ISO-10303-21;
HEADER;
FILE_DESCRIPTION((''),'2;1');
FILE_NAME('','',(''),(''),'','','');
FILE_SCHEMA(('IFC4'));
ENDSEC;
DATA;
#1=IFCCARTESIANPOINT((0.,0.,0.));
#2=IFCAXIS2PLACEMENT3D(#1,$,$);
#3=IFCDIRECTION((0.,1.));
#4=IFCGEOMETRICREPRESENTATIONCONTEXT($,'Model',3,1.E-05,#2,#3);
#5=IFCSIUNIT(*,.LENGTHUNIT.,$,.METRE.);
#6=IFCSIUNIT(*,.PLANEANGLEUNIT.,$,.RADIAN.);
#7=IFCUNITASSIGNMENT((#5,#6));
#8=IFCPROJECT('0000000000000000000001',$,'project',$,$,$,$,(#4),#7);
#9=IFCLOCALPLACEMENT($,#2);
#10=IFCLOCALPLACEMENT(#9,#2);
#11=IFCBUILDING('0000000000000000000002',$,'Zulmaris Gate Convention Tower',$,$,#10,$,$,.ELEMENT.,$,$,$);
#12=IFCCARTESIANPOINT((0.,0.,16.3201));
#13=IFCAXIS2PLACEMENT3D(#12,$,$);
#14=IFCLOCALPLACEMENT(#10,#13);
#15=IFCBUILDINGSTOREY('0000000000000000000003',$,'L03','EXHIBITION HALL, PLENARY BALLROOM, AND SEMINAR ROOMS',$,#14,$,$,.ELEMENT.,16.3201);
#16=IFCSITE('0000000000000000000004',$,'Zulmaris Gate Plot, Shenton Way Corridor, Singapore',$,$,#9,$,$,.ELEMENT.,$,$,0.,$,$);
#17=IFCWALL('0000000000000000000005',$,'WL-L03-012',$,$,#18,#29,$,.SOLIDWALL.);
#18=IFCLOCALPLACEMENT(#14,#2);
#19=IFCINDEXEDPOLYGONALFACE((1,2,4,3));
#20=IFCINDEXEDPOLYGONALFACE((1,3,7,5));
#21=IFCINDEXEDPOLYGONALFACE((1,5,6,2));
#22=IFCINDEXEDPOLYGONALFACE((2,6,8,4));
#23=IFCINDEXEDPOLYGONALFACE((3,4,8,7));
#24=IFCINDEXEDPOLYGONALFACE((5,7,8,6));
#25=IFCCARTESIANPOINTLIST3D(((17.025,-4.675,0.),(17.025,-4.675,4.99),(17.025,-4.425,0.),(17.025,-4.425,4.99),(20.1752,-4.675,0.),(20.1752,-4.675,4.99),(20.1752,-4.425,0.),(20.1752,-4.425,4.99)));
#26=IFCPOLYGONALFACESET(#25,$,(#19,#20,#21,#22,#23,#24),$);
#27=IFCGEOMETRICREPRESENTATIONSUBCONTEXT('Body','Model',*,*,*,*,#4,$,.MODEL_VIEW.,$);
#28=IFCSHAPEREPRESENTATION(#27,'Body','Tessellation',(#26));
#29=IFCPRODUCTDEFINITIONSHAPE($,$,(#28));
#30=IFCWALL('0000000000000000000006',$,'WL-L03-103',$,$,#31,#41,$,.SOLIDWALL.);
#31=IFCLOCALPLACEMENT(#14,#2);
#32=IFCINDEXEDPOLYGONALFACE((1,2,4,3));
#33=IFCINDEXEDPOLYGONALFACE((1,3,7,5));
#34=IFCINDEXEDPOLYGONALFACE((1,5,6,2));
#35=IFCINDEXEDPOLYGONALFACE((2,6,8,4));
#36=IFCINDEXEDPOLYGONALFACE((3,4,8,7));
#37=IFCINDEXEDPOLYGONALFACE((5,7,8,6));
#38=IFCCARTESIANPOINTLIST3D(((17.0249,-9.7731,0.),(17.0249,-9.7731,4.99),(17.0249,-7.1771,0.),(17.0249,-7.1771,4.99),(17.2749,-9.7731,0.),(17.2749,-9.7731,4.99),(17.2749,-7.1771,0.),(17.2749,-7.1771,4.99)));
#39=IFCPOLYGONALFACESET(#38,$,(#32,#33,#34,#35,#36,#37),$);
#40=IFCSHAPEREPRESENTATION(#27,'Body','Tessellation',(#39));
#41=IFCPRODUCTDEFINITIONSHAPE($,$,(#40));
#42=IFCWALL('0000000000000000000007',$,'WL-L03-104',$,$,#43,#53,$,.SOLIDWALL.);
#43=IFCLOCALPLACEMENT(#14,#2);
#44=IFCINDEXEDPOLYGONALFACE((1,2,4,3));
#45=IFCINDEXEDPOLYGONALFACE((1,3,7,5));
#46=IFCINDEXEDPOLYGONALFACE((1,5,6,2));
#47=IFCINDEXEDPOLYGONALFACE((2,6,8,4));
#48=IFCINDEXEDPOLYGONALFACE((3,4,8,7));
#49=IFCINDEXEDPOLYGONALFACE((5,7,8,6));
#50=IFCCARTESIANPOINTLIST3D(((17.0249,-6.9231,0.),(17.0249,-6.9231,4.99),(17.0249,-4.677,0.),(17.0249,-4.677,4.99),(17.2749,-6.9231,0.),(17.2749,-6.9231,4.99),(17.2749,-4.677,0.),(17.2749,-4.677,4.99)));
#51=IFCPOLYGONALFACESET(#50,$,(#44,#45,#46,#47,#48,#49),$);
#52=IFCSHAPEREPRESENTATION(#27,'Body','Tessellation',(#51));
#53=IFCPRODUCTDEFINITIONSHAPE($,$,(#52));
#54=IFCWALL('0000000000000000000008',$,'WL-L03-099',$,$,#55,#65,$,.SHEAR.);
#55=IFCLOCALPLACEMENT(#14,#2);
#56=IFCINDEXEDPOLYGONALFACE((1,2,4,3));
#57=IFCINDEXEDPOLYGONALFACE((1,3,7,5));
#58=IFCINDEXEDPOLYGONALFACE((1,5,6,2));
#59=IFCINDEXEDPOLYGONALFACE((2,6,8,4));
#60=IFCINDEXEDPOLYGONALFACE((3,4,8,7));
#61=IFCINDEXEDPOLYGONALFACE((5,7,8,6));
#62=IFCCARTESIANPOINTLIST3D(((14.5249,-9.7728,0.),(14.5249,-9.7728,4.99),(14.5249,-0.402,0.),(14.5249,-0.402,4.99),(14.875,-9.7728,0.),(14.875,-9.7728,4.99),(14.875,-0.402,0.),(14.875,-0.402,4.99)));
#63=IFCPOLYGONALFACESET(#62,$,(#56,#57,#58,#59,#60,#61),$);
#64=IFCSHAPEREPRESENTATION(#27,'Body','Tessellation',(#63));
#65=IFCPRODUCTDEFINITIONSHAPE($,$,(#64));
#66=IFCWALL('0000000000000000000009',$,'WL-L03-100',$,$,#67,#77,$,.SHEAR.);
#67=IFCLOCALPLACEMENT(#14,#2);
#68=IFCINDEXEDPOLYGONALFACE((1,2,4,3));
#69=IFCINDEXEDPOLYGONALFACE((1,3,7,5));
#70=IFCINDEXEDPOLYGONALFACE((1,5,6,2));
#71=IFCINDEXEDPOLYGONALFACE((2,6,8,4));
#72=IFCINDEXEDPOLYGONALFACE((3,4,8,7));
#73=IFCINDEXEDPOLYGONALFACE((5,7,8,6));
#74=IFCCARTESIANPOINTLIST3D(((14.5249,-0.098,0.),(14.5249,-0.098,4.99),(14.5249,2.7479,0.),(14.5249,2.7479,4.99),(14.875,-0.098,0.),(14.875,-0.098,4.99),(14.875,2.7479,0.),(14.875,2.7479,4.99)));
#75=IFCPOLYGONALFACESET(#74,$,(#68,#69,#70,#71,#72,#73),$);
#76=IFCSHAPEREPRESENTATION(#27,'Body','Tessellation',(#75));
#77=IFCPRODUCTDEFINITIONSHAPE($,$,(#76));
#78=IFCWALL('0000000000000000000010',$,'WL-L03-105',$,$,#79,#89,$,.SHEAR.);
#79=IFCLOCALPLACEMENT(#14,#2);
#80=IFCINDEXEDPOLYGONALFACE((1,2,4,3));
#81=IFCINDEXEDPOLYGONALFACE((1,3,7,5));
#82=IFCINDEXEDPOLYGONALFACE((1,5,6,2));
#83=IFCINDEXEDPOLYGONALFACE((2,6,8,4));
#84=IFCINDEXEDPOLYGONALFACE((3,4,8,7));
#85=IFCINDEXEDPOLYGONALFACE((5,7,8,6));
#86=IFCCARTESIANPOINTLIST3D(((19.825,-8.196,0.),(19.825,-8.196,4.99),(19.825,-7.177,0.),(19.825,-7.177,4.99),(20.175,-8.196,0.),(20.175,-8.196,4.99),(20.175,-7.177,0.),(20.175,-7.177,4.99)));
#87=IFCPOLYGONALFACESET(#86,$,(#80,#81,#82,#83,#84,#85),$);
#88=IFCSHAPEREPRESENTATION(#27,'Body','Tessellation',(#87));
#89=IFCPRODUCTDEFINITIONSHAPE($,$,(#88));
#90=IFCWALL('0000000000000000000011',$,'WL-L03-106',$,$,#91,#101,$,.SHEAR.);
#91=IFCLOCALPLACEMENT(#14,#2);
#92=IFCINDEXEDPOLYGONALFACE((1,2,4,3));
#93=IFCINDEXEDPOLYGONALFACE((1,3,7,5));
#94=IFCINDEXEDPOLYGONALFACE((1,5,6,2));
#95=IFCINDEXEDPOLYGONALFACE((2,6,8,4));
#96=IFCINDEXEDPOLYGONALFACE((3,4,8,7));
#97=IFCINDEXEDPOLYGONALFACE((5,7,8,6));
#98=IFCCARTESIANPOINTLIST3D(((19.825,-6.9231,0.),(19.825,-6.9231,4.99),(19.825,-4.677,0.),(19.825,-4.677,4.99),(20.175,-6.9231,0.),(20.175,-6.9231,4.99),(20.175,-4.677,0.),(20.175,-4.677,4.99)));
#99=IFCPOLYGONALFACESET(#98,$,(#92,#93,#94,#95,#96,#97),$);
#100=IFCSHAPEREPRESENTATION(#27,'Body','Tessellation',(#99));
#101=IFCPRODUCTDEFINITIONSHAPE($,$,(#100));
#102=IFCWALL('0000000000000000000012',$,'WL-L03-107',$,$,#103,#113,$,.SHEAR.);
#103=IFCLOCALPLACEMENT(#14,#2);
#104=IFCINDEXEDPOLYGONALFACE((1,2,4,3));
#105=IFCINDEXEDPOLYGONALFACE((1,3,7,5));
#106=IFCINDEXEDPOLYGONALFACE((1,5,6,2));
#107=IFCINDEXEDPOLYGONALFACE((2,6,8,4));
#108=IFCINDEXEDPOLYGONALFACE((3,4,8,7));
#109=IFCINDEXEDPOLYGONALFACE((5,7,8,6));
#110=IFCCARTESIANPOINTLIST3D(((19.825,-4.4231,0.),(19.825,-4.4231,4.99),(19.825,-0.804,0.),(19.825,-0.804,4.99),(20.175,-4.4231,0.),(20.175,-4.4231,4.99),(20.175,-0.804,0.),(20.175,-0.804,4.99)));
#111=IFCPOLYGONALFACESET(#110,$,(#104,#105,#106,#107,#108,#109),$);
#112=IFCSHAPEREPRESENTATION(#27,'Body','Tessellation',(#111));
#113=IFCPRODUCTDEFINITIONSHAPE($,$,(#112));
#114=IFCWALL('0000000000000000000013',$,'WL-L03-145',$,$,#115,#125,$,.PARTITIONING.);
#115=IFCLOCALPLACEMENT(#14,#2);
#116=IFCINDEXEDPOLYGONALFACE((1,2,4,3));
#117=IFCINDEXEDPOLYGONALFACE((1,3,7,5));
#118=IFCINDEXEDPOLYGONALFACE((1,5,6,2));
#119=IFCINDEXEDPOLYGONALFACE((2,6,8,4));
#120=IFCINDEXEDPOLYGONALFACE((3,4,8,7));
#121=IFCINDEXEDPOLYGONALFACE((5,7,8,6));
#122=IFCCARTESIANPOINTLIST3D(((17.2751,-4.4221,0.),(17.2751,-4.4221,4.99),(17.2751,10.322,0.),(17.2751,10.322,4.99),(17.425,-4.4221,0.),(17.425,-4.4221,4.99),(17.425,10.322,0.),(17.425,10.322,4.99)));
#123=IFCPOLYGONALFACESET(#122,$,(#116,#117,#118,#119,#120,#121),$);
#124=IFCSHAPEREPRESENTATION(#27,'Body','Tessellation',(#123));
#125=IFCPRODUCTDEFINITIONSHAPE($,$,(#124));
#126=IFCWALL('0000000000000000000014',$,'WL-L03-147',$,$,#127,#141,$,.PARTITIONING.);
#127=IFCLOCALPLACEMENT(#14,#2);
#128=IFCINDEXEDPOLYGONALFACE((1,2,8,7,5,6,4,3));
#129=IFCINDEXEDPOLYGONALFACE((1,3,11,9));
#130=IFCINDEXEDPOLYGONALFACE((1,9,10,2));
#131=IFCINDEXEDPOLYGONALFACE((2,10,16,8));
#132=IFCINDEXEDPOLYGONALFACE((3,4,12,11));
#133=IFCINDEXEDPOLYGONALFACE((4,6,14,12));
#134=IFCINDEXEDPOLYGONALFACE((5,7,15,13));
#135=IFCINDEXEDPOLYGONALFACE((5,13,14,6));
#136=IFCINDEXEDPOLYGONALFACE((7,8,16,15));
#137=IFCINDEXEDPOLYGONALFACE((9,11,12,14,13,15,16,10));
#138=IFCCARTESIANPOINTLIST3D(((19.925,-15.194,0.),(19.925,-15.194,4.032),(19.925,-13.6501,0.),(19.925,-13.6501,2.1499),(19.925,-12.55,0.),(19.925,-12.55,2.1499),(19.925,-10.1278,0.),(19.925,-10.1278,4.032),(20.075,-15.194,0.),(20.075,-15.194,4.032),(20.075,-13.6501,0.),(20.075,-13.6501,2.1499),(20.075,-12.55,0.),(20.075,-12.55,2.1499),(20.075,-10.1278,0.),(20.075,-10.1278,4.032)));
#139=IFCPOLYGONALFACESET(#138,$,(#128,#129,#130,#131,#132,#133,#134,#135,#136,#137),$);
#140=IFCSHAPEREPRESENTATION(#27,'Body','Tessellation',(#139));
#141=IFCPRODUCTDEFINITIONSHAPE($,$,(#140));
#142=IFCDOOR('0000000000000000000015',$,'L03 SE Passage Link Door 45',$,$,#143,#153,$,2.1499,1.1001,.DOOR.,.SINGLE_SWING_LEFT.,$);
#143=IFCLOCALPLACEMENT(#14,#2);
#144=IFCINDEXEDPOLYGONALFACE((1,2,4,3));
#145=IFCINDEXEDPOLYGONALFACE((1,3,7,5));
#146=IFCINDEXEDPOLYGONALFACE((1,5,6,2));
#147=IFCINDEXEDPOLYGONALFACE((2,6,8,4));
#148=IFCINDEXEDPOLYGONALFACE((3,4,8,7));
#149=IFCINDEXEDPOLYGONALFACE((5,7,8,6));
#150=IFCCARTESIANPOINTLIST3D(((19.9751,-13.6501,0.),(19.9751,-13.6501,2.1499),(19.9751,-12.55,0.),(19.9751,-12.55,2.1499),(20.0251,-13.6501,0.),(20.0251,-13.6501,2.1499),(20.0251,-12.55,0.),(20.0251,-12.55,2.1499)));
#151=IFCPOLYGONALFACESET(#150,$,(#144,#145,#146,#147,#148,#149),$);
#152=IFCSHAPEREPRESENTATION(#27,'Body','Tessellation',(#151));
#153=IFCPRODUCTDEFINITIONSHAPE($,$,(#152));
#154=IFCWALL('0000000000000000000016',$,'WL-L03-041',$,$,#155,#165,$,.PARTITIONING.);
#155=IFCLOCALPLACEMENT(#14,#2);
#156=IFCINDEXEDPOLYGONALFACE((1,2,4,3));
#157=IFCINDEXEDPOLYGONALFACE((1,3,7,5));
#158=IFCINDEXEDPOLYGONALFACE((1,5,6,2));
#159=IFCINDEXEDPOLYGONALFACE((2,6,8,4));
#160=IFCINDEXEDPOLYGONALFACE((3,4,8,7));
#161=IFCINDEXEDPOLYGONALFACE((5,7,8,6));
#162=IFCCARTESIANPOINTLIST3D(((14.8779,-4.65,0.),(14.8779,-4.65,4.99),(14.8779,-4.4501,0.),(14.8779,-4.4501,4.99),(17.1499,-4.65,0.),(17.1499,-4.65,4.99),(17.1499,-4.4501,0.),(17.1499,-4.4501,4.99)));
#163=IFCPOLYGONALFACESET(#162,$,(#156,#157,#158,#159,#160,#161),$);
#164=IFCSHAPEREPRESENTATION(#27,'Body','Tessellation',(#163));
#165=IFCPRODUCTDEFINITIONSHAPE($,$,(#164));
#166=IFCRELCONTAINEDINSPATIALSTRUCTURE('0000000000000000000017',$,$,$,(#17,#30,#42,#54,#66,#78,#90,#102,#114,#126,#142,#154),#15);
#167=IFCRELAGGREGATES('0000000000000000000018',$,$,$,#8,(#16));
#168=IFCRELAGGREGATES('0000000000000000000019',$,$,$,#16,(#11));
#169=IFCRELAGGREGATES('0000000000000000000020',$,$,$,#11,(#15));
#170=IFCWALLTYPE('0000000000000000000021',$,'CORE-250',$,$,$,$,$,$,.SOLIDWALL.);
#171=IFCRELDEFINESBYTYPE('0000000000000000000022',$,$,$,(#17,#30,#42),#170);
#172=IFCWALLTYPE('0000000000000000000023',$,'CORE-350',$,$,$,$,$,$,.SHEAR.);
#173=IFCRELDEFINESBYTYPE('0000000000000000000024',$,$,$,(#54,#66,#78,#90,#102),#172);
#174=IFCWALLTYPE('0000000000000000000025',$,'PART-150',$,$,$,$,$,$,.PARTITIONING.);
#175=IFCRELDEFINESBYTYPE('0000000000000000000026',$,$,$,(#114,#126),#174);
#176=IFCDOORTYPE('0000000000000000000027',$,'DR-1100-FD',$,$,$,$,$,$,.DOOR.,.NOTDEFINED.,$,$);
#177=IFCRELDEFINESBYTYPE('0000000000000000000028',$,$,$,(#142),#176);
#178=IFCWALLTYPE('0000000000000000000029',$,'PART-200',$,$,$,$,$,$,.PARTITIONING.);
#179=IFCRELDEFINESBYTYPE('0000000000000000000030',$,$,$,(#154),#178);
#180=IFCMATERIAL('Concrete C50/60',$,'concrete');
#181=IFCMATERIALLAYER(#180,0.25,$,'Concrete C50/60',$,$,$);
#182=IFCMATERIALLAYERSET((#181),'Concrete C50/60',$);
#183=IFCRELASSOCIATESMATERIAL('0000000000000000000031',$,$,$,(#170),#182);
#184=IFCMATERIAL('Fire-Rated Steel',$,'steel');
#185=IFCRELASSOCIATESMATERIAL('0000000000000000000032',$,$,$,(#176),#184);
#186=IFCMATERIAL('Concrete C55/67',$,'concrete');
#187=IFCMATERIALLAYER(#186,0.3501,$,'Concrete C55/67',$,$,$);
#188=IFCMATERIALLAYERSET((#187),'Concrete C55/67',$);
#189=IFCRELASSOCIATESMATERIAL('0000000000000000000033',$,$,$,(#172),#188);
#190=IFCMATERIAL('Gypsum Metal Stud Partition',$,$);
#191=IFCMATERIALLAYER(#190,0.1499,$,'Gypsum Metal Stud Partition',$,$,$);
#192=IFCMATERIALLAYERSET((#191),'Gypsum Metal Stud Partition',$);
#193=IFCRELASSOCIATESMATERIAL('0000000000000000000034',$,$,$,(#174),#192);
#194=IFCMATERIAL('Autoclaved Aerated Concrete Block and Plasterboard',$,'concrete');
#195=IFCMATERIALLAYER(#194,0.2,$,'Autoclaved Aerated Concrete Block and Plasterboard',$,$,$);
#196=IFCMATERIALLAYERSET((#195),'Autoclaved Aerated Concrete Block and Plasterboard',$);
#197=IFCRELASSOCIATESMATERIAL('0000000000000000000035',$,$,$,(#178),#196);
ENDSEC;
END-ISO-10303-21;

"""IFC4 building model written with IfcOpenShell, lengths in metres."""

from ifc_helpers import new_model, si_unit, direction, frame, frame_2d, origin, place, context, subcontext, project, spatial, rectangle, extrude, material, layer, layer_set, type_object, element, fill, save


model = new_model("IFC4")

# Units and contexts
model_context = context("Model", 3, precision=1e-05, world=origin(), true_north=direction((0.0, 1.0)))
body_context = subcontext(model_context, "Body", "Model", "MODEL_VIEW")
ifc_project = project(units=[si_unit("LENGTHUNIT", "METRE"), si_unit("PLANEANGLEUNIT", "RADIAN")], contexts=[model_context])

# Site, building, storey
site_placement = place(None, origin())
site = spatial("IfcSite", under=ifc_project, at=site_placement, Name="Zulmaris Gate Plot, Shenton Way Corridor, Singapore", CompositionType="ELEMENT", RefElevation=0.0)
building_placement = place(site_placement, origin())
building = spatial("IfcBuilding", under=site, at=building_placement, Name="Zulmaris Gate Convention Tower", CompositionType="ELEMENT")
storey_placement = place(building_placement, frame((0.0, 0.0, 16.3201)))
storey = spatial("IfcBuildingStorey", under=building, at=storey_placement, Name="L03", Description="EXHIBITION HALL, PLENARY BALLROOM, AND SEMINAR ROOMS", CompositionType="ELEMENT", Elevation=16.3201)

# Walls
ifc_material_1 = material(Name="Concrete C50/60", Category="concrete")
ifc_layer_1 = layer(ifc_material_1, 0.25, Name="Concrete C50/60")
ifc_layer_set_1 = layer_set([ifc_layer_1], Name="Concrete C50/60")
wall_type_1 = type_object("IfcWallType", Name="CORE-250", PredefinedType="SOLIDWALL", material=ifc_layer_set_1)
for number, where, z_axis, x_axis, name in (
    (1, (17.0249, -4.55, 0.0), (0.0, 0.0, 1.0), (1.0, 0.0, 0.0), "WL-L03-012"),
):
    element("IfcWall", number, at=place(storey_placement, frame(where, z_axis=z_axis, x_axis=x_axis)), inside=storey, type_object=wall_type_1, Name=name, PredefinedType="SOLIDWALL", context=body_context, shape_type="SweptSolid", body=[
        extrude(rectangle(XDim=3.1501, YDim=0.25, at=frame_2d((1.5752, 0.0))), origin(), (0.0, 0.0, 1.0), 4.99),
    ])
wall_1_placement = place(storey_placement, frame((17.1499, -9.7729, 0.0), z_axis=(0.0, 0.0, 1.0), x_axis=(0.0, 1.0, 0.0)))
element("IfcWall", 2, at=wall_1_placement, inside=storey, type_object=wall_type_1, Name="WL-L03-103", PredefinedType="SOLIDWALL", context=body_context, shape_type="SweptSolid", body=[
    extrude(rectangle(XDim=2.5959, YDim=0.25, at=frame_2d((1.2979, 0.0))), origin(), (0.0, 0.0, 1.0), 4.99),
])
wall_2_placement = place(storey_placement, frame((17.1499, -6.9231, 0.0), z_axis=(0.0, 0.0, 1.0), x_axis=(0.0, 1.0, 0.0)))
element("IfcWall", 3, at=wall_2_placement, inside=storey, type_object=wall_type_1, Name="WL-L03-104", PredefinedType="SOLIDWALL", context=body_context, shape_type="SweptSolid", body=[
    extrude(rectangle(XDim=2.2461, YDim=0.25, at=frame_2d((1.123, 0.0))), origin(), (0.0, 0.0, 1.0), 4.99),
])

# Shared definitions
ifc_material_2 = material(Name="Fire-Rated Steel", Category="steel")
door_type_1 = type_object("IfcDoorType", Name="DR-1100-FD", OperationType="NOTDEFINED", PredefinedType="DOOR", material=ifc_material_2)
ifc_material_3 = material(Name="Concrete C55/67", Category="concrete")
ifc_layer_2 = layer(ifc_material_3, 0.3501, Name="Concrete C55/67")
ifc_layer_set_2 = layer_set([ifc_layer_2], Name="Concrete C55/67")
wall_type_2 = type_object("IfcWallType", Name="CORE-350", PredefinedType="SHEAR", material=ifc_layer_set_2)

# Walls
wall_3_placement = place(storey_placement, frame((14.7, -9.7729, 0.0), z_axis=(0.0, 0.0, 1.0), x_axis=(0.0, 1.0, 0.0)))
element("IfcWall", 4, at=wall_3_placement, inside=storey, type_object=wall_type_2, Name="WL-L03-099", PredefinedType="SHEAR", context=body_context, shape_type="SweptSolid", body=[
    extrude(rectangle(XDim=9.3708, YDim=0.3501, at=frame_2d((4.6855, 0.0))), origin(), (0.0, 0.0, 1.0), 4.99),
])
wall_4_placement = place(storey_placement, frame((14.7, -0.0979, 0.0), z_axis=(0.0, 0.0, 1.0), x_axis=(0.0, 1.0, 0.0)))
element("IfcWall", 5, at=wall_4_placement, inside=storey, type_object=wall_type_2, Name="WL-L03-100", PredefinedType="SHEAR", context=body_context, shape_type="SweptSolid", body=[
    extrude(rectangle(XDim=2.8459, YDim=0.3501, at=frame_2d((1.4229, 0.0))), origin(), (0.0, 0.0, 1.0), 4.99),
])
wall_5_placement = place(storey_placement, frame((20.0, -8.196, 0.0), z_axis=(0.0, 0.0, 1.0), x_axis=(0.0, 1.0, 0.0)))
element("IfcWall", 6, at=wall_5_placement, inside=storey, type_object=wall_type_2, Name="WL-L03-105", PredefinedType="SHEAR", context=body_context, shape_type="SweptSolid", body=[
    extrude(rectangle(XDim=1.019, YDim=0.3501, at=frame_2d((0.5095, 0.0))), origin(), (0.0, 0.0, 1.0), 4.99),
])
wall_6_placement = place(storey_placement, frame((20.0, -6.9231, 0.0), z_axis=(0.0, 0.0, 1.0), x_axis=(0.0, 1.0, 0.0)))
element("IfcWall", 7, at=wall_6_placement, inside=storey, type_object=wall_type_2, Name="WL-L03-106", PredefinedType="SHEAR", context=body_context, shape_type="SweptSolid", body=[
    extrude(rectangle(XDim=2.2461, YDim=0.3501, at=frame_2d((1.123, 0.0))), origin(), (0.0, 0.0, 1.0), 4.99),
])
wall_7_placement = place(storey_placement, frame((20.0, -4.4231, 0.0), z_axis=(0.0, 0.0, 1.0), x_axis=(0.0, 1.0, 0.0)))
element("IfcWall", 8, at=wall_7_placement, inside=storey, type_object=wall_type_2, Name="WL-L03-107", PredefinedType="SHEAR", context=body_context, shape_type="SweptSolid", body=[
    extrude(rectangle(XDim=3.6191, YDim=0.3501, at=frame_2d((1.8096, 0.0))), origin(), (0.0, 0.0, 1.0), 4.99),
])

# Shared definitions
ifc_material_4 = material(Name="Gypsum Metal Stud Partition")
ifc_layer_3 = layer(ifc_material_4, 0.1499, Name="Gypsum Metal Stud Partition")
ifc_layer_set_3 = layer_set([ifc_layer_3], Name="Gypsum Metal Stud Partition")
wall_type_3 = type_object("IfcWallType", Name="PART-150", PredefinedType="PARTITIONING", material=ifc_layer_set_3)

# Wall
wall_8_placement = place(storey_placement, frame((17.3501, -4.4221, 0.0), z_axis=(0.0, 0.0, 1.0), x_axis=(0.0, 1.0, 0.0)))
element("IfcWall", 9, at=wall_8_placement, inside=storey, type_object=wall_type_3, Name="WL-L03-145", PredefinedType="PARTITIONING", context=body_context, shape_type="SweptSolid", body=[
    extrude(rectangle(XDim=14.7441, YDim=0.1499, at=frame_2d((7.3721, 0.0))), origin(), (0.0, 0.0, 1.0), 4.99),
])

# Wall, opening, door
wall_9_placement = place(storey_placement, frame((20.0, -15.1941, 0.0), z_axis=(0.0, 0.0, 1.0), x_axis=(0.0, 1.0, 0.0)))
wall_9 = element("IfcWall", 10, at=wall_9_placement, inside=storey, type_object=wall_type_3, Name="WL-L03-147", PredefinedType="PARTITIONING", context=body_context, shape_type="SweptSolid", body=[
    extrude(rectangle(XDim=5.0662, YDim=0.1499, at=frame_2d((2.5332, 0.0))), origin(), (0.0, 0.0, 1.0), 4.032),
])
opening_1_placement = place(wall_9_placement, frame((1.5439, 0.0, 0.0)))
opening_1 = element("IfcOpeningElement", 11, at=opening_1_placement, cuts=wall_9, PredefinedType="OPENING", context=body_context, shape_type="SweptSolid", body=[
    extrude(rectangle(XDim=1.1001, YDim=2.1499, at=frame_2d((0.55, 1.075))), frame((0.0, 0.085, 0.0), z_axis=(0.0, -1.0, 0.0), x_axis=(1.0, 0.0, 0.0)), (0.0, 0.0, 1.0), 0.1699),
])
door_1_placement = place(opening_1_placement, origin())
door_1 = element("IfcDoor", 12, at=door_1_placement, inside=storey, type_object=door_type_1, Name="L03 SE Passage Link Door 45", OperationType="SINGLE_SWING_LEFT", OverallHeight=2.1499, OverallWidth=1.1001, PredefinedType="DOOR", context=body_context, shape_type="SweptSolid", body=[
    extrude(rectangle(XDim=1.1001, YDim=2.1499, at=frame_2d((0.55, 1.075))), frame((0.0, 0.0249, 0.0), z_axis=(0.0, -1.0, 0.0), x_axis=(1.0, 0.0, 0.0)), (0.0, 0.0, 1.0), 0.05),
])
fill(opening_1, door_1)

# Wall
ifc_material_5 = material(Name="Autoclaved Aerated Concrete Block and Plasterboard", Category="concrete")
ifc_layer_4 = layer(ifc_material_5, 0.2, Name="Autoclaved Aerated Concrete Block and Plasterboard")
ifc_layer_set_4 = layer_set([ifc_layer_4], Name="Autoclaved Aerated Concrete Block and Plasterboard")
wall_type_4 = type_object("IfcWallType", Name="PART-200", PredefinedType="PARTITIONING", material=ifc_layer_set_4)
wall_10_placement = place(storey_placement, frame((14.8779, -4.55, 0.0), z_axis=(0.0, 0.0, 1.0), x_axis=(1.0, 0.0, 0.0)))
element("IfcWall", 13, at=wall_10_placement, inside=storey, type_object=wall_type_4, Name="WL-L03-041", PredefinedType="PARTITIONING", context=body_context, shape_type="SweptSolid", body=[
    extrude(rectangle(XDim=2.272, YDim=0.2, at=frame_2d((1.136, 0.0))), origin(), (0.0, 0.0, 1.0), 4.99),
])

save(model, "model.ifc")
